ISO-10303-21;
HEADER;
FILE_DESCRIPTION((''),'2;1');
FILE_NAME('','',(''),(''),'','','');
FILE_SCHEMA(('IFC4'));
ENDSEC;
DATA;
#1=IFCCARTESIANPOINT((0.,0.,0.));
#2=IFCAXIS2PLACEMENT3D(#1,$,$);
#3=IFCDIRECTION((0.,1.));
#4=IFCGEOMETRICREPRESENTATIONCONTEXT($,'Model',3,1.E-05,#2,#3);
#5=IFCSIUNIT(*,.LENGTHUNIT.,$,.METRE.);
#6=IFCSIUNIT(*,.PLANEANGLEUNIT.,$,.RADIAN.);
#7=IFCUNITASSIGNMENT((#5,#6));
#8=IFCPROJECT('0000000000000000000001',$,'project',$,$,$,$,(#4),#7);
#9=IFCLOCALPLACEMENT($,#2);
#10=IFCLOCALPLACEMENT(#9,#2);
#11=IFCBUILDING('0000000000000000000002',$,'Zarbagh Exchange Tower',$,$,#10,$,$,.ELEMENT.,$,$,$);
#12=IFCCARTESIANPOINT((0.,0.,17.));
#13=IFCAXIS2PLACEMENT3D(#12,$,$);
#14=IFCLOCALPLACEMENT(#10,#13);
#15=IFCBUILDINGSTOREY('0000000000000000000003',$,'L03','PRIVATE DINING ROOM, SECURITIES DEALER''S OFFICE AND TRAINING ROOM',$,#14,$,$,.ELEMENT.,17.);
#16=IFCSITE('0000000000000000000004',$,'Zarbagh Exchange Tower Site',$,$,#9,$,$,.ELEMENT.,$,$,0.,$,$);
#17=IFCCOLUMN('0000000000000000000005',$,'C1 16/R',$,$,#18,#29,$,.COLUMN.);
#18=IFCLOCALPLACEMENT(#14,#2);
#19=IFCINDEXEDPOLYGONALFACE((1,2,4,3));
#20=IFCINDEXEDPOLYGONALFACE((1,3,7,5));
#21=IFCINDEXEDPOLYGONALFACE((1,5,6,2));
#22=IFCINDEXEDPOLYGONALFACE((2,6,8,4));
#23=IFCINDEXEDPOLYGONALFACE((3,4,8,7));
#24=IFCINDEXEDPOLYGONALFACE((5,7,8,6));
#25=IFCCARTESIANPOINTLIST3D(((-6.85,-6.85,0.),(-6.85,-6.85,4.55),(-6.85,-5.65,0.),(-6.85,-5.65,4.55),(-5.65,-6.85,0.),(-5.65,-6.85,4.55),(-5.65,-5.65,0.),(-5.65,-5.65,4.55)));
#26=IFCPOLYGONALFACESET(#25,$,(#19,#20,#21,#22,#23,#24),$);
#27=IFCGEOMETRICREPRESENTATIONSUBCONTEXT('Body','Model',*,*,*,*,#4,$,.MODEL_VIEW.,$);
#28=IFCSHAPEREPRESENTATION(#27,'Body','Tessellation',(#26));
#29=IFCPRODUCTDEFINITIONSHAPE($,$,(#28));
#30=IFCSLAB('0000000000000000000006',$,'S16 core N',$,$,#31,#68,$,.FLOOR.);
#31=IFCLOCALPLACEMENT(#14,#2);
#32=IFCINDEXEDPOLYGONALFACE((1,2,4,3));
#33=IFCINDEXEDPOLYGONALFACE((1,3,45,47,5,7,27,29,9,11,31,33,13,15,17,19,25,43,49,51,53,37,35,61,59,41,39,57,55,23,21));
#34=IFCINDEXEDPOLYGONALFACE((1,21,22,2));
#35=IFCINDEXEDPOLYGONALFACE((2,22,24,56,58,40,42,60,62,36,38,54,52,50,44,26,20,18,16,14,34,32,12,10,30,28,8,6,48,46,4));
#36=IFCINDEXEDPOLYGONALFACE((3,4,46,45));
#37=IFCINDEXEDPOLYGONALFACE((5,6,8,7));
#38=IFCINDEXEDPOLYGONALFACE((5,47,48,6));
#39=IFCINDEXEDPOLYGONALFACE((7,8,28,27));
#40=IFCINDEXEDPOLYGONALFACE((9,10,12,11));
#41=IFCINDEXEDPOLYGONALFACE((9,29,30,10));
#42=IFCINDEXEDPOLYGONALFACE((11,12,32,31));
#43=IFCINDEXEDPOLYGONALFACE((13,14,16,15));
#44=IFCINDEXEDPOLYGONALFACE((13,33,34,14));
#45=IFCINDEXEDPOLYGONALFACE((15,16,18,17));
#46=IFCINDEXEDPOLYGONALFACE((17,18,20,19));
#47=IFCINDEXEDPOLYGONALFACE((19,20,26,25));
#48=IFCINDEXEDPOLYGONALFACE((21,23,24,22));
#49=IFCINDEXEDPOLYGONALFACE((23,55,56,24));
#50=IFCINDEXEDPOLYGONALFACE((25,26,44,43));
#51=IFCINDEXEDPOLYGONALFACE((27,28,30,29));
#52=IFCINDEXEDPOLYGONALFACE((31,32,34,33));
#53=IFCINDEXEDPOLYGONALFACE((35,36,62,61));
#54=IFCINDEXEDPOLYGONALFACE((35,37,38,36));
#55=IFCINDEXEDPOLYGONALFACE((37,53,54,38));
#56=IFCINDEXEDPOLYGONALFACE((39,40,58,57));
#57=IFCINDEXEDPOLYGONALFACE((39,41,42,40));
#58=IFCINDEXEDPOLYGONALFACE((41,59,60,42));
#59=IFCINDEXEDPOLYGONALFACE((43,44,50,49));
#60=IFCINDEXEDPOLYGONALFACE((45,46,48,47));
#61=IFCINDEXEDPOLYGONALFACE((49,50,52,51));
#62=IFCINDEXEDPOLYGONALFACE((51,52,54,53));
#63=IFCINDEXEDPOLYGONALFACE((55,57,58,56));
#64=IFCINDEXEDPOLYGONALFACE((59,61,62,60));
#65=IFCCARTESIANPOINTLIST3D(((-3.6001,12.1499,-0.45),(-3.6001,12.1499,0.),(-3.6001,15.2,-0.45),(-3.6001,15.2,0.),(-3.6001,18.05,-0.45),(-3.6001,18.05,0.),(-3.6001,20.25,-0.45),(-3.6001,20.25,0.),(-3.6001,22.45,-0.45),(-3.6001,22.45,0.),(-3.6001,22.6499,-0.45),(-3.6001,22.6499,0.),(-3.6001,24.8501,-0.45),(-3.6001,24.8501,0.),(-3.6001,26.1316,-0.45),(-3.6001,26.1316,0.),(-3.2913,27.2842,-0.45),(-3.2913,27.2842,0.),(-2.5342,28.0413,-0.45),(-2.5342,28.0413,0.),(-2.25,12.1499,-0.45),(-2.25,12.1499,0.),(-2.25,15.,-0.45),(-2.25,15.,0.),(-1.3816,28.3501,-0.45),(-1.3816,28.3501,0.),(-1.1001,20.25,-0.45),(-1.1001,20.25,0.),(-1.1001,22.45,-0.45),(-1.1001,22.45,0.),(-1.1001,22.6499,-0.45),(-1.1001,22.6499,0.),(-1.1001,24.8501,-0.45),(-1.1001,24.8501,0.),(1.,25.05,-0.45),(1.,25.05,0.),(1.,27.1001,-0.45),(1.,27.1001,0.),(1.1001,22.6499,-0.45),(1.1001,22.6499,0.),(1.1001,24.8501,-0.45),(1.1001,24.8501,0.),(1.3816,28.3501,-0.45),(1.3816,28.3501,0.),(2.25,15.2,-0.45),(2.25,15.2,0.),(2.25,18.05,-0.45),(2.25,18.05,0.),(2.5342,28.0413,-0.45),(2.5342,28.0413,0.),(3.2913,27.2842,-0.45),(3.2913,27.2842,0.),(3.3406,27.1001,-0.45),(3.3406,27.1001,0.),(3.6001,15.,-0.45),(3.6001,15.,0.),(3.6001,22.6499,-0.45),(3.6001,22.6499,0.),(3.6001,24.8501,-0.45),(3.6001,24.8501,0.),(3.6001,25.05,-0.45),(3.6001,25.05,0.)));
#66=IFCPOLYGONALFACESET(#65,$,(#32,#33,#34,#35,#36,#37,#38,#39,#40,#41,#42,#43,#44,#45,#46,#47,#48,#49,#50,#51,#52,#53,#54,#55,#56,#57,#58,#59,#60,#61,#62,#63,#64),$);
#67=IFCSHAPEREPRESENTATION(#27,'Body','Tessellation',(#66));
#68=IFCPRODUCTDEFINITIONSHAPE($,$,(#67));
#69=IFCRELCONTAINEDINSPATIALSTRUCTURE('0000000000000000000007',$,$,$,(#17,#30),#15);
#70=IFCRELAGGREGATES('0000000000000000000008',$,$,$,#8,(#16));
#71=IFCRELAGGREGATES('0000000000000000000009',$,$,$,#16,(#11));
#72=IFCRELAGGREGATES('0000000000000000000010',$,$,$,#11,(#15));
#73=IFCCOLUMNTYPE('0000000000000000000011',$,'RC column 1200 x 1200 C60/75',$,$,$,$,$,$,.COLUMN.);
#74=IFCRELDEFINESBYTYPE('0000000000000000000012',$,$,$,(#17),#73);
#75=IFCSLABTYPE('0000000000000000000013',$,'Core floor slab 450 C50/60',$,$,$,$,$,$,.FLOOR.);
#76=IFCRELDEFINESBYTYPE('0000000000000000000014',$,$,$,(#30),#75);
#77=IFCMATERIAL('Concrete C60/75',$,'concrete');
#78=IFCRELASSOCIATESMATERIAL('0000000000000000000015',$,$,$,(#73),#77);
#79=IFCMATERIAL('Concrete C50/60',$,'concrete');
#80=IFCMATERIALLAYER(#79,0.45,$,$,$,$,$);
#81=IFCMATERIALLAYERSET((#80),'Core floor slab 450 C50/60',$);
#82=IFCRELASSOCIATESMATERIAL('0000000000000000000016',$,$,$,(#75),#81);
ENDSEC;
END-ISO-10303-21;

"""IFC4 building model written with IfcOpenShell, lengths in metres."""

from ifc_helpers import new_model, si_unit, direction, frame, origin, origin_2d, place, context, subcontext, project, spatial, polyline, rectangle, outline, extrude, material, layer, layer_set, material_profile, profile_set, type_object, element, save


model = new_model("IFC4")

# Units and contexts
model_context = context("Model", 3, precision=1e-05, world=origin(), true_north=direction((0.0, 1.0)))
body_context = subcontext(model_context, "Body", "Model", "MODEL_VIEW")
ifc_project = project(units=[si_unit("LENGTHUNIT", "METRE"), si_unit("PLANEANGLEUNIT", "RADIAN")], contexts=[model_context])

# Site, building, storey
site_placement = place(None, origin())
site = spatial("IfcSite", under=ifc_project, at=site_placement, Name="Zarbagh Exchange Tower Site", CompositionType="ELEMENT", RefElevation=0.0)
building_placement = place(site_placement, origin())
building = spatial("IfcBuilding", under=site, at=building_placement, Name="Zarbagh Exchange Tower", CompositionType="ELEMENT")
storey_placement = place(building_placement, frame((0.0, 0.0, 17.0)))
storey = spatial("IfcBuildingStorey", under=building, at=storey_placement, Name="L03", Description="PRIVATE DINING ROOM, SECURITIES DEALER'S OFFICE AND TRAINING ROOM", CompositionType="ELEMENT", Elevation=17.0)

# Column
ifc_material_1 = material(Name="Concrete C60/75", Category="concrete")
ifc_material_profile = material_profile(ifc_material_1, rectangle(XDim=1.2, YDim=1.2, at=origin_2d()), Name="RC column 1200 x 1200 C60/75")
ifc_profile_set = profile_set([ifc_material_profile], Name="Concrete C60/75")
column_type = type_object("IfcColumnType", Name="RC column 1200 x 1200 C60/75", PredefinedType="COLUMN", material=ifc_profile_set)
column_placement = place(storey_placement, frame((-6.25, -6.25, 0.0), z_axis=(0.0, 0.0, 1.0), x_axis=(1.0, 0.0, 0.0)))
element("IfcColumn", 1, at=column_placement, inside=storey, type_object=column_type, Name="C1 16/R", PredefinedType="COLUMN", context=body_context, shape_type="SweptSolid", body=[
    extrude(rectangle(XDim=1.2, YDim=1.2, at=origin_2d()), origin(), (0.0, 0.0, 1.0), 4.55),
])

# Slab
ifc_material_2 = material(Name="Concrete C50/60", Category="concrete")
ifc_layer_1 = layer(ifc_material_2, 0.45)
ifc_layer_set_1 = layer_set([ifc_layer_1], Name="Core floor slab 450 C50/60")
slab_type_1 = type_object("IfcSlabType", Name="Core floor slab 450 C50/60", PredefinedType="FLOOR", material=ifc_layer_set_1)
slab_1_placement = place(storey_placement, frame((0.0, 0.0, -0.45)))
element("IfcSlab", 2, at=slab_1_placement, inside=storey, type_object=slab_type_1, Name="S16 core N", PredefinedType="FLOOR", context=body_context, shape_type="SweptSolid", body=[
    extrude(outline(polyline([(-3.6001, 12.1499), (-3.6001, 15.2), (2.25, 15.2), (2.25, 18.05), (-3.6001, 18.05), (-3.6001, 20.25), (-1.1001, 20.25), (-1.1001, 22.45), (-3.6001, 22.45), (-3.6001, 22.6499), (-1.1001, 22.6499), (-1.1001, 24.8501), (-3.6001, 24.8501), (-3.6001, 26.1316), (-3.2913, 27.2842), (-2.5342, 28.0413), (-1.3816, 28.3501), (1.3816, 28.3501), (2.5342, 28.0413), (3.2913, 27.2842), (3.3406, 27.1001), (1.0, 27.1001), (1.0, 25.05), (3.6001, 25.05), (3.6001, 24.8501), (1.1001, 24.8501), (1.1001, 22.6499), (3.6001, 22.6499), (3.6001, 15.0), (-2.25, 15.0), (-2.25, 12.1499), (-3.6001, 12.1499)])), origin(), (0.0, 0.0, 1.0), 0.45),
])

save(model, "model.ifc")
